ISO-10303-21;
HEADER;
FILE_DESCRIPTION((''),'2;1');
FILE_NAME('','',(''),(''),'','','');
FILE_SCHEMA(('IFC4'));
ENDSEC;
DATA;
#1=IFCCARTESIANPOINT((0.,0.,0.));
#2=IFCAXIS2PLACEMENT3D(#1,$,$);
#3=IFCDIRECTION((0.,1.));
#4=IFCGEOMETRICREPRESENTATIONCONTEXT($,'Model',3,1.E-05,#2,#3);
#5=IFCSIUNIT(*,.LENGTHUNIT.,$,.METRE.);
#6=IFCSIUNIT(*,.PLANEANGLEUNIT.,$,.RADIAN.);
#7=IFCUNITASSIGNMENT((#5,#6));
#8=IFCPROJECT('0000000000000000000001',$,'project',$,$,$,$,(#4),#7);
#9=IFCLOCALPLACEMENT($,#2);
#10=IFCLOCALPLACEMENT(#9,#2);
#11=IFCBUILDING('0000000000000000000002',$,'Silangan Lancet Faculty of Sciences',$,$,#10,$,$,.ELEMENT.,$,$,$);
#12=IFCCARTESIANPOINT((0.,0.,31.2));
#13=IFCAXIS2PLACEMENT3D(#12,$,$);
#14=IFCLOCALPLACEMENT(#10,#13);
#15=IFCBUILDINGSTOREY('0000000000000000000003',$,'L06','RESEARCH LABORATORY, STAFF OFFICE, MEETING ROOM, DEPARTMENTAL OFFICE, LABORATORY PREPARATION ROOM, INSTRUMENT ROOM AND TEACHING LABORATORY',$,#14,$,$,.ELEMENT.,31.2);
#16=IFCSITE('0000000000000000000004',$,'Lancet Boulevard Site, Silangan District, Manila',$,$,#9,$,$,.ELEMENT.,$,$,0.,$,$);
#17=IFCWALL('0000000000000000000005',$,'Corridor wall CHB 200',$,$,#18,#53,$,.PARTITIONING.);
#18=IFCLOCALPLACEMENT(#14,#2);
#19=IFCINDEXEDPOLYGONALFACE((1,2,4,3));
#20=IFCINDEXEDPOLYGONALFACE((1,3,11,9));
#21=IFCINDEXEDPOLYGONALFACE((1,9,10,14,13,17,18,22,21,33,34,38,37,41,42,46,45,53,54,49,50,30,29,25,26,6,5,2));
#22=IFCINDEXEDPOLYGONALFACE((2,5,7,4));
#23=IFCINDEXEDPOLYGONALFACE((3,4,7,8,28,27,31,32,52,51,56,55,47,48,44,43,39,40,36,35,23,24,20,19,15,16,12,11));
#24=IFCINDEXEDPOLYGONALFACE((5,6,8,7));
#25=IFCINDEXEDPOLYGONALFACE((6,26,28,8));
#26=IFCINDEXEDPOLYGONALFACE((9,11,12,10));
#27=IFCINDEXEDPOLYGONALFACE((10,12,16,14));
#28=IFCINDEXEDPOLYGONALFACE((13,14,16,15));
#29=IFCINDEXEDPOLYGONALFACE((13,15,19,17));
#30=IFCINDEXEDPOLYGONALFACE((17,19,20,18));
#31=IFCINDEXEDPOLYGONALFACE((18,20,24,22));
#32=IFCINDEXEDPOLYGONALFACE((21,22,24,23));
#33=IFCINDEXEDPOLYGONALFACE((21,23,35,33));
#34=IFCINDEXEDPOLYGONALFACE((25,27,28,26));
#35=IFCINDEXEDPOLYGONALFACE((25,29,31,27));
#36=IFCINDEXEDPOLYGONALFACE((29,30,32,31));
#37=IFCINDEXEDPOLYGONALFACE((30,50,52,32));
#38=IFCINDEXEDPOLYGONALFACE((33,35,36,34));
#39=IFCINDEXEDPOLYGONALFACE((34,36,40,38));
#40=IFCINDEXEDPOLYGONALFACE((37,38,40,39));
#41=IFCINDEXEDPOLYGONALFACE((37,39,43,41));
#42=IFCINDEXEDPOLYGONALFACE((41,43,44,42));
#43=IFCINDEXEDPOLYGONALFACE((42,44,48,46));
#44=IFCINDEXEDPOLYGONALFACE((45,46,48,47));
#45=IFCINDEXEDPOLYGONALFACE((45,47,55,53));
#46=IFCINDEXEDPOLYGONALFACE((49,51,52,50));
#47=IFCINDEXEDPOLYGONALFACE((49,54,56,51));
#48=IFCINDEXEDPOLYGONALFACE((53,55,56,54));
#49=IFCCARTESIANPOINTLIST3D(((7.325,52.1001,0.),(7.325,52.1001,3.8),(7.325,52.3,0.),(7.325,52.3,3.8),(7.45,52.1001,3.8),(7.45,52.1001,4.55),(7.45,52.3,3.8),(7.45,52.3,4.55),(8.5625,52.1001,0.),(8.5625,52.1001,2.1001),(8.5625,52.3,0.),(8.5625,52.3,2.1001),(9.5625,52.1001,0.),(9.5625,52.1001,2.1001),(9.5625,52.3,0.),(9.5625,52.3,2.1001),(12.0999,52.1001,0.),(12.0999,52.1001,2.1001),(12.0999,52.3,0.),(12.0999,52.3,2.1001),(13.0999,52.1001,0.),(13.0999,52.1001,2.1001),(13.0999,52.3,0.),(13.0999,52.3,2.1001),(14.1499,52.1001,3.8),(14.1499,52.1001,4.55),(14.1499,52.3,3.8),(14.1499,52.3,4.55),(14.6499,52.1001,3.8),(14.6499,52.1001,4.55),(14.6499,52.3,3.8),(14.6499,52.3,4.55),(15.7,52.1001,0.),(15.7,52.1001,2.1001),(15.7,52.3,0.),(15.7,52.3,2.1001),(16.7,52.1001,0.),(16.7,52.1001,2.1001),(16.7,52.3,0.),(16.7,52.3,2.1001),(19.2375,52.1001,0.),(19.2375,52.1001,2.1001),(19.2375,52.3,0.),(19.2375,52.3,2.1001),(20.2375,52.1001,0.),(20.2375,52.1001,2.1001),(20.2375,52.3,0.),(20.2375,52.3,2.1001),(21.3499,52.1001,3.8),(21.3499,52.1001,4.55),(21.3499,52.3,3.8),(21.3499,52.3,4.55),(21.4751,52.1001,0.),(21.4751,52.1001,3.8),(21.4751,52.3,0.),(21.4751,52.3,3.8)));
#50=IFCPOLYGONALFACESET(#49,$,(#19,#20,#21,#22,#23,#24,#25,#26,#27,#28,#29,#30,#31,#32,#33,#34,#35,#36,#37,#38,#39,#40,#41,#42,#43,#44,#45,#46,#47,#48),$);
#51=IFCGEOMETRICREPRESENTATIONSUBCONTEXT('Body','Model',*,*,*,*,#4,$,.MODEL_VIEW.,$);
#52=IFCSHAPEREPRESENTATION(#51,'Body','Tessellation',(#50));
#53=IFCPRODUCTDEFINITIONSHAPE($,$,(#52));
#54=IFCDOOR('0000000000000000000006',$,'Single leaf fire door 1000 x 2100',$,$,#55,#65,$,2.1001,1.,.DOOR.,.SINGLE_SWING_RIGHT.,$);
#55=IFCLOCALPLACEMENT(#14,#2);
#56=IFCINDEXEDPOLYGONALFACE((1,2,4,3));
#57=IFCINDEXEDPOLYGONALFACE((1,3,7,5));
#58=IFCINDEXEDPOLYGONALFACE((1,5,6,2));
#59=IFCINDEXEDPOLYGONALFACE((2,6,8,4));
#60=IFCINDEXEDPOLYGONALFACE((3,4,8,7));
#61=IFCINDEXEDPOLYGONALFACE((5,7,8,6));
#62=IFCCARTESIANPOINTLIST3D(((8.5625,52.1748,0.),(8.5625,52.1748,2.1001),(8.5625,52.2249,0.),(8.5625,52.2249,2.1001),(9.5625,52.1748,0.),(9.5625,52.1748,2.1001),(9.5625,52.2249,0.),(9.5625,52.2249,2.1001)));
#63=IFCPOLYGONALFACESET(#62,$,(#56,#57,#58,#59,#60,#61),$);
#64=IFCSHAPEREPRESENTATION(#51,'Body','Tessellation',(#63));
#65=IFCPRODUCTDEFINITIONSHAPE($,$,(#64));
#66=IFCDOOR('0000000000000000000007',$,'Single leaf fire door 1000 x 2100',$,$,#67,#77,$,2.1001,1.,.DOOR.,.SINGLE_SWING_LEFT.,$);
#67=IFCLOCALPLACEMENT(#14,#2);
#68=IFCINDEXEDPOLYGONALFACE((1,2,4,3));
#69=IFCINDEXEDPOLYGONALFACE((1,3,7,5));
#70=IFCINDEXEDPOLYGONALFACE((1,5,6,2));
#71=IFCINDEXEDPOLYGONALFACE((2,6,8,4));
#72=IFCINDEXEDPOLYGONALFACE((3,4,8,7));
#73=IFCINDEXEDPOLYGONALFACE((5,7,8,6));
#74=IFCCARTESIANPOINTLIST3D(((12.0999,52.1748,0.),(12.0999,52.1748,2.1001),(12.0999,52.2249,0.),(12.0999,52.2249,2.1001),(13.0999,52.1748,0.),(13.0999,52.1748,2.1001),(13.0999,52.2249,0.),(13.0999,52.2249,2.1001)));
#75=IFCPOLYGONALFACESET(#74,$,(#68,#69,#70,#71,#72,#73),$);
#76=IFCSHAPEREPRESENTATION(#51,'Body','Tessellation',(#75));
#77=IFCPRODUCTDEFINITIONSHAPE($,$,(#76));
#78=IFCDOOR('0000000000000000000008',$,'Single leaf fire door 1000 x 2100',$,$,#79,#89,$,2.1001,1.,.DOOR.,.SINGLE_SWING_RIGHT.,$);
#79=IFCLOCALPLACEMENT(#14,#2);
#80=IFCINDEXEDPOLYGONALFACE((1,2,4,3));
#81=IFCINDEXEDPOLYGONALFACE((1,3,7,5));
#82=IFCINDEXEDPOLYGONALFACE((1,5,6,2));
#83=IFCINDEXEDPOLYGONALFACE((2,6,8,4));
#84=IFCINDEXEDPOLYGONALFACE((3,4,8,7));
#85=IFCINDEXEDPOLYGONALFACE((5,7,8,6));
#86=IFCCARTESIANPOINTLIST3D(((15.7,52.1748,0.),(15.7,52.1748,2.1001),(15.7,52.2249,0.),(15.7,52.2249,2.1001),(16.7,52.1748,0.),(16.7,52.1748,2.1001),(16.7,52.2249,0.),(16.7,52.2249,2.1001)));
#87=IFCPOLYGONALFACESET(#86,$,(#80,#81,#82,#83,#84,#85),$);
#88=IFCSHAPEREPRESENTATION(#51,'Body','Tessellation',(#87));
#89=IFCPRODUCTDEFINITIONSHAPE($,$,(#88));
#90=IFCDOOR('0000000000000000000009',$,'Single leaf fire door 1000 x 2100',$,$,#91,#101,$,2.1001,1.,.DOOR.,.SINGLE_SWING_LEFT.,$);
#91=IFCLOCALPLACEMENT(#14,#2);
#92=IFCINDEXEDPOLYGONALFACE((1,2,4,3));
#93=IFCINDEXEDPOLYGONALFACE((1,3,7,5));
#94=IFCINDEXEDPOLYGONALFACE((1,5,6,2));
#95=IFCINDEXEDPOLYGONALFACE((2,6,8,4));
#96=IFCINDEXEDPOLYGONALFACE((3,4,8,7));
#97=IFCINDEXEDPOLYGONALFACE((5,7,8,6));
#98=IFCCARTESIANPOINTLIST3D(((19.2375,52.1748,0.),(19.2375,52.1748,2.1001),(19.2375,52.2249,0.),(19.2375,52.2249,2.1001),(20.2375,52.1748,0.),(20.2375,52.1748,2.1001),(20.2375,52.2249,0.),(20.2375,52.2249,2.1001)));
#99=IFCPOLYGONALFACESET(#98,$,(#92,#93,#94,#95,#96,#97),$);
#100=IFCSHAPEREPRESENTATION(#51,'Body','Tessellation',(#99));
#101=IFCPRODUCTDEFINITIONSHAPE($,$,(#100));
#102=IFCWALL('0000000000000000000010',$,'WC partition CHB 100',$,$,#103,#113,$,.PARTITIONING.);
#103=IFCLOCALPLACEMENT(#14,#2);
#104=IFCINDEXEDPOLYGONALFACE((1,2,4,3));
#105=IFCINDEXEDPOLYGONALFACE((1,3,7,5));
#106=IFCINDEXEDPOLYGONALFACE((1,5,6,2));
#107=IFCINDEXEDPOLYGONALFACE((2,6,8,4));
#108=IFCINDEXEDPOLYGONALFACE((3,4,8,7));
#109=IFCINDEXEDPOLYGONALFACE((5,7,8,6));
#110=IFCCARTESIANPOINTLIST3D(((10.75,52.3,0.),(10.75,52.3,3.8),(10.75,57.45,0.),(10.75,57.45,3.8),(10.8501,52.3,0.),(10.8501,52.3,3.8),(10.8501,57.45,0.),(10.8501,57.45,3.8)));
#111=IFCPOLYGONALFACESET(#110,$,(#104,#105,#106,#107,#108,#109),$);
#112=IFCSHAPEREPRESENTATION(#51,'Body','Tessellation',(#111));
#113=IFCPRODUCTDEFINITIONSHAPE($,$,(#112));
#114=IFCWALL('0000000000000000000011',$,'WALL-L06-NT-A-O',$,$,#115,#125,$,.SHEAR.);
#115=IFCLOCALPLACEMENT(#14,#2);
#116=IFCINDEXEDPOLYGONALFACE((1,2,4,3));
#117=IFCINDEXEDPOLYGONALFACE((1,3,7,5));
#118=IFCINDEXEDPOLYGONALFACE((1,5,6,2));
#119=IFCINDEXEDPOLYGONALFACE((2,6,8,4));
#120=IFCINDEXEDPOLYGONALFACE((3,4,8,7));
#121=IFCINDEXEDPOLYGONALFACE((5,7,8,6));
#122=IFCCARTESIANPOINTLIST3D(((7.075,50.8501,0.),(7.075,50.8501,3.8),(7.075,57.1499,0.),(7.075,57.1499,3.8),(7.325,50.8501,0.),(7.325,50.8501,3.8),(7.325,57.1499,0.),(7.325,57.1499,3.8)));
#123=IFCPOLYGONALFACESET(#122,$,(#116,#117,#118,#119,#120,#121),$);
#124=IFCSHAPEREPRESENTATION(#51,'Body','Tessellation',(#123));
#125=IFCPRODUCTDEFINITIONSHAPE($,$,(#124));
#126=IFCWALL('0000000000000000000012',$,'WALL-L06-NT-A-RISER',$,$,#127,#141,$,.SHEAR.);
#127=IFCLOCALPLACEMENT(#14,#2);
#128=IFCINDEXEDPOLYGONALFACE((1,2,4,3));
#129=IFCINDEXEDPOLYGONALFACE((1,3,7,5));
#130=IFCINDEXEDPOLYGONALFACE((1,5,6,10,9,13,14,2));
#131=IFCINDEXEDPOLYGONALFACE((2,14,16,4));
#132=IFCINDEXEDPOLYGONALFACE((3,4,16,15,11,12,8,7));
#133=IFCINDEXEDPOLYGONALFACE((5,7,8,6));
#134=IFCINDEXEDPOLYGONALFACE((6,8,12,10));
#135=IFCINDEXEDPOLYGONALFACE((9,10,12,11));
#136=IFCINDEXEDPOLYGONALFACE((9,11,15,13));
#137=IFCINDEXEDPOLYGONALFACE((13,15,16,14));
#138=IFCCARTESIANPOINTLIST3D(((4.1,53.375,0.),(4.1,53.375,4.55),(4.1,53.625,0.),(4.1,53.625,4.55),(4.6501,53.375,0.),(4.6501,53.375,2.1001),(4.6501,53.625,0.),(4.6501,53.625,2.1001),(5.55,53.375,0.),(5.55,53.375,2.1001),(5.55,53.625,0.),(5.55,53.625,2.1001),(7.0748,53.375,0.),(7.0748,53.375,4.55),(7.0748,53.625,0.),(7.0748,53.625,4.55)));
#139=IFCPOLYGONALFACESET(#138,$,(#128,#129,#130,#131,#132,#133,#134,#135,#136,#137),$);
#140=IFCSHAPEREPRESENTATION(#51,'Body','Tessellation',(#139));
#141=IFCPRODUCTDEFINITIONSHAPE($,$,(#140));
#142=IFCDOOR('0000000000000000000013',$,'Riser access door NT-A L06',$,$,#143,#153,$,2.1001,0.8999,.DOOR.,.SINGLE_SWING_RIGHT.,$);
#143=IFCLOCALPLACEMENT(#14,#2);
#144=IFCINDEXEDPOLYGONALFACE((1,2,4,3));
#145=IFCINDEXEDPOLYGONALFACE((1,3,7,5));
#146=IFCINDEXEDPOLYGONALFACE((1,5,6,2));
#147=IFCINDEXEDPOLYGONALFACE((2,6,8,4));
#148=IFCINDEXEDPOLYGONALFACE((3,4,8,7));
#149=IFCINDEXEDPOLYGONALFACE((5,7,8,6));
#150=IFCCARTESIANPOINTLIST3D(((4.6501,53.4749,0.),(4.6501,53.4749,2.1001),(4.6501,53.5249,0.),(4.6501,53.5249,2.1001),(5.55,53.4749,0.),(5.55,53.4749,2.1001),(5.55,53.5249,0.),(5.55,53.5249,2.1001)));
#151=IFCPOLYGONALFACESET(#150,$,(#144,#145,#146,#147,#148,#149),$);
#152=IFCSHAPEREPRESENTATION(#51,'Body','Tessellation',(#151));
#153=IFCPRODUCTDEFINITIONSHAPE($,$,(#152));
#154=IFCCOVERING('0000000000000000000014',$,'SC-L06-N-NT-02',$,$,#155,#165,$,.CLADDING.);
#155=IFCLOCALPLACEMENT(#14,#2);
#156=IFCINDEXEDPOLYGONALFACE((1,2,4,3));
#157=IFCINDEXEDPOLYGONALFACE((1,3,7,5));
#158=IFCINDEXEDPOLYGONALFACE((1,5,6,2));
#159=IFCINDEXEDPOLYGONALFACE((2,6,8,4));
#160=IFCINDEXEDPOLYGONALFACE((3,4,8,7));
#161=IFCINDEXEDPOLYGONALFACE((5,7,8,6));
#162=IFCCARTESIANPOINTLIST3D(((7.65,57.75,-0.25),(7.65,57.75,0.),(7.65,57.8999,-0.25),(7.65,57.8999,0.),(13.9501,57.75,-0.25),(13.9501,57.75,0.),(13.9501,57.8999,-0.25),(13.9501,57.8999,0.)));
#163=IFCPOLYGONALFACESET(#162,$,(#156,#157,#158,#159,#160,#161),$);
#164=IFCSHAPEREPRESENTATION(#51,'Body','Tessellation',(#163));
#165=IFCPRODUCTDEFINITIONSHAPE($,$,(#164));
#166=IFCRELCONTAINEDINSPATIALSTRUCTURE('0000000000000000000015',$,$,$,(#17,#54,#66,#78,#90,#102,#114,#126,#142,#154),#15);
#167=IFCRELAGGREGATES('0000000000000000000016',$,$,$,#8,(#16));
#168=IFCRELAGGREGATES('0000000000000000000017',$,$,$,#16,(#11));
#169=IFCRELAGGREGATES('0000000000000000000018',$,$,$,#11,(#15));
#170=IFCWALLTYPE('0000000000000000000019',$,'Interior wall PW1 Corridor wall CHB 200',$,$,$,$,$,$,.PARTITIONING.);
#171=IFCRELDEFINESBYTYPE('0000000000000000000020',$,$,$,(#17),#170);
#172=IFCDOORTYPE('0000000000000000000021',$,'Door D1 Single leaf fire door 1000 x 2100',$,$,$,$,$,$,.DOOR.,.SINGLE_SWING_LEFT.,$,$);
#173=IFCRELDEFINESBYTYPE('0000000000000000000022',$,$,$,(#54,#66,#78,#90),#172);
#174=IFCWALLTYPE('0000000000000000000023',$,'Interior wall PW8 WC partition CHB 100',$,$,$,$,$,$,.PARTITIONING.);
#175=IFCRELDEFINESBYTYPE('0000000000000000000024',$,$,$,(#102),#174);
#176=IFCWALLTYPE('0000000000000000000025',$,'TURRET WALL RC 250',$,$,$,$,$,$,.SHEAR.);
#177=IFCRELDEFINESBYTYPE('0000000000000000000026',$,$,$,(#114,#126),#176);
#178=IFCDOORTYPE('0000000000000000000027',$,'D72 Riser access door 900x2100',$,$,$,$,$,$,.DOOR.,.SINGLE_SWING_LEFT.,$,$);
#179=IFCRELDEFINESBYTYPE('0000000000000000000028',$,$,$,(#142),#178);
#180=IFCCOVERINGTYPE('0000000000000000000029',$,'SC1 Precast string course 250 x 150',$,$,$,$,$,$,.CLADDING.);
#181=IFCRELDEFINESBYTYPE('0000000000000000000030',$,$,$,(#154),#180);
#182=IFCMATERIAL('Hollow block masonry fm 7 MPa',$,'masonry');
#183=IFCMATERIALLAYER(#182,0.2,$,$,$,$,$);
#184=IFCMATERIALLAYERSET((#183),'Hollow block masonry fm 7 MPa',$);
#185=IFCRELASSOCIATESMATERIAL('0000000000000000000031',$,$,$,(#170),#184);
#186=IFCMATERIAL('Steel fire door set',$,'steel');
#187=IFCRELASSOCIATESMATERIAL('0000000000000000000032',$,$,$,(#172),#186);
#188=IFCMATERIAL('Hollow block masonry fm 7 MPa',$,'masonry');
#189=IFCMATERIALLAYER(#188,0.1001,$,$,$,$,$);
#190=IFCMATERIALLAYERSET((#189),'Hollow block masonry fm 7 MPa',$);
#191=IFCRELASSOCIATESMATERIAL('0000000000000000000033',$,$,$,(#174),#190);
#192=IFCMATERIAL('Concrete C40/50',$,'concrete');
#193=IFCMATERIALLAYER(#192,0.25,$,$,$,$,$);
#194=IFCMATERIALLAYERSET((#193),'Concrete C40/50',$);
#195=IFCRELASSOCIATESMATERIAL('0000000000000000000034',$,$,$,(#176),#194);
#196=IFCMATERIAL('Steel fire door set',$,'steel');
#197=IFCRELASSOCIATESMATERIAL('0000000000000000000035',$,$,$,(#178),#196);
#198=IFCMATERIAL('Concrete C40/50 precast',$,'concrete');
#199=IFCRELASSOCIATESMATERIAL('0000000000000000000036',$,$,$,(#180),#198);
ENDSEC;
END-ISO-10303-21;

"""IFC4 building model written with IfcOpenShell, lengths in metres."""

from ifc_helpers import new_model, si_unit, direction, frame, frame_2d, origin, origin_2d, place, context, subcontext, project, spatial, polyline, rectangle, outline, extrude, material, layer, layer_set, type_object, element, fill, save


model = new_model("IFC4")

# Units and contexts
model_context = context("Model", 3, precision=1e-05, world=origin(), true_north=direction((0.0, 1.0)))
body_context = subcontext(model_context, "Body", "Model", "MODEL_VIEW")
ifc_project = project(units=[si_unit("LENGTHUNIT", "METRE"), si_unit("PLANEANGLEUNIT", "RADIAN")], contexts=[model_context])

# Site, building, storey
site_placement = place(None, origin())
site = spatial("IfcSite", under=ifc_project, at=site_placement, Name="Lancet Boulevard Site, Silangan District, Manila", CompositionType="ELEMENT", RefElevation=0.0)
building_placement = place(site_placement, origin())
building = spatial("IfcBuilding", under=site, at=building_placement, Name="Silangan Lancet Faculty of Sciences", CompositionType="ELEMENT")
storey_placement = place(building_placement, frame((0.0, 0.0, 31.2)))
storey = spatial("IfcBuildingStorey", under=building, at=storey_placement, Name="L06", Description="RESEARCH LABORATORY, STAFF OFFICE, MEETING ROOM, DEPARTMENTAL OFFICE, LABORATORY PREPARATION ROOM, INSTRUMENT ROOM AND TEACHING LABORATORY", CompositionType="ELEMENT", Elevation=31.2)

# Wall, openings, doors
ifc_material_1 = material(Name="Hollow block masonry fm 7 MPa", Category="masonry")
ifc_layer_1 = layer(ifc_material_1, 0.2)
ifc_layer_set_1 = layer_set([ifc_layer_1], Name="Hollow block masonry fm 7 MPa")
wall_type_1 = type_object("IfcWallType", Name="Interior wall PW1 Corridor wall CHB 200", PredefinedType="PARTITIONING", material=ifc_layer_set_1)
wall_1_placement = place(storey_placement, frame((7.325, 52.2, 0.0), z_axis=(0.0, 0.0, 1.0), x_axis=(1.0, 0.0, 0.0)))
wall_1 = element("IfcWall", 1, at=wall_1_placement, inside=storey, type_object=wall_type_1, Name="Corridor wall CHB 200", PredefinedType="PARTITIONING", context=body_context, shape_type="SweptSolid", body=[
    extrude(outline(polyline([(0.0, 0.0), (14.1501, 0.0), (14.1501, 3.8), (14.0249, 3.8), (14.0249, 4.55), (7.325, 4.55), (7.325, 3.8), (6.825, 3.8), (6.825, 4.55), (0.125, 4.55), (0.125, 3.8), (0.0, 3.8), (0.0, 0.0)])), frame((0.0, 0.1001, 0.0), z_axis=(0.0, -1.0, 0.0), x_axis=(1.0, 0.0, 0.0)), (0.0, 0.0, 1.0), 0.2),
])
opening_1_placement = place(wall_1_placement, frame((1.2375, 0.0, 0.0)))
opening_1 = element("IfcOpeningElement", 2, at=opening_1_placement, cuts=wall_1, PredefinedType="OPENING", context=body_context, shape_type="SweptSolid", body=[
    extrude(rectangle(XDim=1.0, YDim=2.1001, at=frame_2d((0.5, 1.05))), frame((0.0, 0.1099, 0.0), z_axis=(0.0, -1.0, 0.0), x_axis=(1.0, 0.0, 0.0)), (0.0, 0.0, 1.0), 0.22),
])
opening_2_placement = place(wall_1_placement, frame((4.7749, 0.0, 0.0)))
opening_2 = element("IfcOpeningElement", 3, at=opening_2_placement, cuts=wall_1, PredefinedType="OPENING", context=body_context, shape_type="SweptSolid", body=[
    extrude(rectangle(XDim=1.0, YDim=2.1001, at=frame_2d((0.5, 1.05))), frame((0.0, 0.1099, 0.0), z_axis=(0.0, -1.0, 0.0), x_axis=(1.0, 0.0, 0.0)), (0.0, 0.0, 1.0), 0.22),
])
opening_3_placement = place(wall_1_placement, frame((8.375, 0.0, 0.0)))
opening_3 = element("IfcOpeningElement", 4, at=opening_3_placement, cuts=wall_1, PredefinedType="OPENING", context=body_context, shape_type="SweptSolid", body=[
    extrude(rectangle(XDim=1.0, YDim=2.1001, at=frame_2d((0.5, 1.05))), frame((0.0, 0.1099, 0.0), z_axis=(0.0, -1.0, 0.0), x_axis=(1.0, 0.0, 0.0)), (0.0, 0.0, 1.0), 0.22),
])
opening_4_placement = place(wall_1_placement, frame((11.9126, 0.0, 0.0)))
opening_4 = element("IfcOpeningElement", 5, at=opening_4_placement, cuts=wall_1, PredefinedType="OPENING", context=body_context, shape_type="SweptSolid", body=[
    extrude(rectangle(XDim=1.0, YDim=2.1001, at=frame_2d((0.5, 1.05))), frame((0.0, 0.1099, 0.0), z_axis=(0.0, -1.0, 0.0), x_axis=(1.0, 0.0, 0.0)), (0.0, 0.0, 1.0), 0.22),
])
ifc_material_2 = material(Name="Steel fire door set", Category="steel")
door_type_1 = type_object("IfcDoorType", Name="Door D1 Single leaf fire door 1000 x 2100", OperationType="SINGLE_SWING_LEFT", PredefinedType="DOOR", material=ifc_material_2)
door_1_placement = place(opening_1_placement, origin())
door_1 = element("IfcDoor", 6, at=door_1_placement, inside=storey, type_object=door_type_1, Name="Single leaf fire door 1000 x 2100", OperationType="SINGLE_SWING_RIGHT", OverallHeight=2.1001, OverallWidth=1.0, PredefinedType="DOOR", context=body_context, shape_type="SweptSolid", body=[
    extrude(rectangle(XDim=1.0, YDim=2.1001, at=frame_2d((0.5, 1.05))), frame((0.0, 0.0249, 0.0), z_axis=(0.0, -1.0, 0.0), x_axis=(1.0, 0.0, 0.0)), (0.0, 0.0, 1.0), 0.05),
])
fill(opening_1, door_1)
door_2_placement = place(opening_2_placement, origin())
door_2 = element("IfcDoor", 7, at=door_2_placement, inside=storey, type_object=door_type_1, Name="Single leaf fire door 1000 x 2100", OperationType="SINGLE_SWING_LEFT", OverallHeight=2.1001, OverallWidth=1.0, PredefinedType="DOOR", context=body_context, shape_type="SweptSolid", body=[
    extrude(rectangle(XDim=1.0, YDim=2.1001, at=frame_2d((0.5, 1.05))), frame((0.0, 0.0249, 0.0), z_axis=(0.0, -1.0, 0.0), x_axis=(1.0, 0.0, 0.0)), (0.0, 0.0, 1.0), 0.05),
])
fill(opening_2, door_2)
door_3_placement = place(opening_3_placement, origin())
door_3 = element("IfcDoor", 8, at=door_3_placement, inside=storey, type_object=door_type_1, Name="Single leaf fire door 1000 x 2100", OperationType="SINGLE_SWING_RIGHT", OverallHeight=2.1001, OverallWidth=1.0, PredefinedType="DOOR", context=body_context, shape_type="SweptSolid", body=[
    extrude(rectangle(XDim=1.0, YDim=2.1001, at=frame_2d((0.5, 1.05))), frame((0.0, 0.0249, 0.0), z_axis=(0.0, -1.0, 0.0), x_axis=(1.0, 0.0, 0.0)), (0.0, 0.0, 1.0), 0.05),
])
fill(opening_3, door_3)
door_4_placement = place(opening_4_placement, origin())
door_4 = element("IfcDoor", 9, at=door_4_placement, inside=storey, type_object=door_type_1, Name="Single leaf fire door 1000 x 2100", OperationType="SINGLE_SWING_LEFT", OverallHeight=2.1001, OverallWidth=1.0, PredefinedType="DOOR", context=body_context, shape_type="SweptSolid", body=[
    extrude(rectangle(XDim=1.0, YDim=2.1001, at=frame_2d((0.5, 1.05))), frame((0.0, 0.0249, 0.0), z_axis=(0.0, -1.0, 0.0), x_axis=(1.0, 0.0, 0.0)), (0.0, 0.0, 1.0), 0.05),
])
fill(opening_4, door_4)

# Walls
ifc_material_3 = material(Name="Hollow block masonry fm 7 MPa", Category="masonry")
ifc_layer_2 = layer(ifc_material_3, 0.1001)
ifc_layer_set_2 = layer_set([ifc_layer_2], Name="Hollow block masonry fm 7 MPa")
wall_type_2 = type_object("IfcWallType", Name="Interior wall PW8 WC partition CHB 100", PredefinedType="PARTITIONING", material=ifc_layer_set_2)
wall_2_placement = place(storey_placement, frame((10.8, 52.3, 0.0), z_axis=(0.0, 0.0, 1.0), x_axis=(0.0, 1.0, 0.0)))
element("IfcWall", 10, at=wall_2_placement, inside=storey, type_object=wall_type_2, Name="WC partition CHB 100", PredefinedType="PARTITIONING", context=body_context, shape_type="SweptSolid", body=[
    extrude(rectangle(XDim=5.1499, YDim=0.1001, at=frame_2d((2.575, 0.0))), origin(), (0.0, 0.0, 1.0), 3.8),
])
ifc_material_4 = material(Name="Concrete C40/50", Category="concrete")
ifc_layer_3 = layer(ifc_material_4, 0.25)
ifc_layer_set_3 = layer_set([ifc_layer_3], Name="Concrete C40/50")
wall_type_3 = type_object("IfcWallType", Name="TURRET WALL RC 250", PredefinedType="SHEAR", material=ifc_layer_set_3)
wall_3_placement = place(storey_placement, frame((7.2, 50.8501, 0.0), z_axis=(0.0, 0.0, 1.0), x_axis=(0.0, 1.0, 0.0)))
element("IfcWall", 11, at=wall_3_placement, inside=storey, type_object=wall_type_3, Name="WALL-L06-NT-A-O", PredefinedType="SHEAR", context=body_context, shape_type="SweptSolid", body=[
    extrude(rectangle(XDim=6.2998, YDim=0.25, at=frame_2d((3.1499, 0.0))), origin(), (0.0, 0.0, 1.0), 3.8),
])

# Wall, opening, door
wall_4_placement = place(storey_placement, frame((4.1001, 53.5, 0.0), z_axis=(0.0, 0.0, 1.0), x_axis=(1.0, 0.0, 0.0)))
wall_4 = element("IfcWall", 12, at=wall_4_placement, inside=storey, type_object=wall_type_3, Name="WALL-L06-NT-A-RISER", PredefinedType="SHEAR", context=body_context, shape_type="SweptSolid", body=[
    extrude(rectangle(XDim=2.9749, YDim=0.25, at=frame_2d((1.4873, 0.0))), origin(), (0.0, 0.0, 1.0), 4.55),
])
opening_5_placement = place(wall_4_placement, frame((0.55, 0.0, 0.0)))
opening_5 = element("IfcOpeningElement", 13, at=opening_5_placement, cuts=wall_4, PredefinedType="OPENING", context=body_context, shape_type="SweptSolid", body=[
    extrude(rectangle(XDim=0.8999, YDim=2.1001, at=frame_2d((0.45, 1.05))), frame((0.0, 0.135, 0.0), z_axis=(0.0, -1.0, 0.0), x_axis=(1.0, 0.0, 0.0)), (0.0, 0.0, 1.0), 0.27),
])
ifc_material_5 = material(Name="Steel fire door set", Category="steel")
door_type_2 = type_object("IfcDoorType", Name="D72 Riser access door 900x2100", OperationType="SINGLE_SWING_LEFT", PredefinedType="DOOR", material=ifc_material_5)
door_5_placement = place(opening_5_placement, origin())
door_5 = element("IfcDoor", 14, at=door_5_placement, inside=storey, type_object=door_type_2, Name="Riser access door NT-A L06", OperationType="SINGLE_SWING_RIGHT", OverallHeight=2.1001, OverallWidth=0.8999, PredefinedType="DOOR", context=body_context, shape_type="SweptSolid", body=[
    extrude(rectangle(XDim=0.8999, YDim=2.1001, at=frame_2d((0.45, 1.05))), frame((0.0, 0.0249, 0.0), z_axis=(0.0, -1.0, 0.0), x_axis=(1.0, 0.0, 0.0)), (0.0, 0.0, 1.0), 0.05),
])
fill(opening_5, door_5)

# Covering
ifc_material_6 = material(Name="Concrete C40/50 precast", Category="concrete")
covering_type = type_object("IfcCoveringType", Name="SC1 Precast string course 250 x 150", PredefinedType="CLADDING", material=ifc_material_6)
covering_placement = place(storey_placement, frame((10.8, 57.825, -0.25), z_axis=(0.0, 0.0, 1.0), x_axis=(1.0, 0.0, 0.0)))
element("IfcCovering", 15, at=covering_placement, inside=storey, type_object=covering_type, Name="SC-L06-N-NT-02", PredefinedType="CLADDING", context=body_context, shape_type="SweptSolid", body=[
    extrude(rectangle(XDim=6.3, YDim=0.1499, at=origin_2d()), origin(), (0.0, 0.0, 1.0), 0.25),
])

save(model, "model.ifc")
